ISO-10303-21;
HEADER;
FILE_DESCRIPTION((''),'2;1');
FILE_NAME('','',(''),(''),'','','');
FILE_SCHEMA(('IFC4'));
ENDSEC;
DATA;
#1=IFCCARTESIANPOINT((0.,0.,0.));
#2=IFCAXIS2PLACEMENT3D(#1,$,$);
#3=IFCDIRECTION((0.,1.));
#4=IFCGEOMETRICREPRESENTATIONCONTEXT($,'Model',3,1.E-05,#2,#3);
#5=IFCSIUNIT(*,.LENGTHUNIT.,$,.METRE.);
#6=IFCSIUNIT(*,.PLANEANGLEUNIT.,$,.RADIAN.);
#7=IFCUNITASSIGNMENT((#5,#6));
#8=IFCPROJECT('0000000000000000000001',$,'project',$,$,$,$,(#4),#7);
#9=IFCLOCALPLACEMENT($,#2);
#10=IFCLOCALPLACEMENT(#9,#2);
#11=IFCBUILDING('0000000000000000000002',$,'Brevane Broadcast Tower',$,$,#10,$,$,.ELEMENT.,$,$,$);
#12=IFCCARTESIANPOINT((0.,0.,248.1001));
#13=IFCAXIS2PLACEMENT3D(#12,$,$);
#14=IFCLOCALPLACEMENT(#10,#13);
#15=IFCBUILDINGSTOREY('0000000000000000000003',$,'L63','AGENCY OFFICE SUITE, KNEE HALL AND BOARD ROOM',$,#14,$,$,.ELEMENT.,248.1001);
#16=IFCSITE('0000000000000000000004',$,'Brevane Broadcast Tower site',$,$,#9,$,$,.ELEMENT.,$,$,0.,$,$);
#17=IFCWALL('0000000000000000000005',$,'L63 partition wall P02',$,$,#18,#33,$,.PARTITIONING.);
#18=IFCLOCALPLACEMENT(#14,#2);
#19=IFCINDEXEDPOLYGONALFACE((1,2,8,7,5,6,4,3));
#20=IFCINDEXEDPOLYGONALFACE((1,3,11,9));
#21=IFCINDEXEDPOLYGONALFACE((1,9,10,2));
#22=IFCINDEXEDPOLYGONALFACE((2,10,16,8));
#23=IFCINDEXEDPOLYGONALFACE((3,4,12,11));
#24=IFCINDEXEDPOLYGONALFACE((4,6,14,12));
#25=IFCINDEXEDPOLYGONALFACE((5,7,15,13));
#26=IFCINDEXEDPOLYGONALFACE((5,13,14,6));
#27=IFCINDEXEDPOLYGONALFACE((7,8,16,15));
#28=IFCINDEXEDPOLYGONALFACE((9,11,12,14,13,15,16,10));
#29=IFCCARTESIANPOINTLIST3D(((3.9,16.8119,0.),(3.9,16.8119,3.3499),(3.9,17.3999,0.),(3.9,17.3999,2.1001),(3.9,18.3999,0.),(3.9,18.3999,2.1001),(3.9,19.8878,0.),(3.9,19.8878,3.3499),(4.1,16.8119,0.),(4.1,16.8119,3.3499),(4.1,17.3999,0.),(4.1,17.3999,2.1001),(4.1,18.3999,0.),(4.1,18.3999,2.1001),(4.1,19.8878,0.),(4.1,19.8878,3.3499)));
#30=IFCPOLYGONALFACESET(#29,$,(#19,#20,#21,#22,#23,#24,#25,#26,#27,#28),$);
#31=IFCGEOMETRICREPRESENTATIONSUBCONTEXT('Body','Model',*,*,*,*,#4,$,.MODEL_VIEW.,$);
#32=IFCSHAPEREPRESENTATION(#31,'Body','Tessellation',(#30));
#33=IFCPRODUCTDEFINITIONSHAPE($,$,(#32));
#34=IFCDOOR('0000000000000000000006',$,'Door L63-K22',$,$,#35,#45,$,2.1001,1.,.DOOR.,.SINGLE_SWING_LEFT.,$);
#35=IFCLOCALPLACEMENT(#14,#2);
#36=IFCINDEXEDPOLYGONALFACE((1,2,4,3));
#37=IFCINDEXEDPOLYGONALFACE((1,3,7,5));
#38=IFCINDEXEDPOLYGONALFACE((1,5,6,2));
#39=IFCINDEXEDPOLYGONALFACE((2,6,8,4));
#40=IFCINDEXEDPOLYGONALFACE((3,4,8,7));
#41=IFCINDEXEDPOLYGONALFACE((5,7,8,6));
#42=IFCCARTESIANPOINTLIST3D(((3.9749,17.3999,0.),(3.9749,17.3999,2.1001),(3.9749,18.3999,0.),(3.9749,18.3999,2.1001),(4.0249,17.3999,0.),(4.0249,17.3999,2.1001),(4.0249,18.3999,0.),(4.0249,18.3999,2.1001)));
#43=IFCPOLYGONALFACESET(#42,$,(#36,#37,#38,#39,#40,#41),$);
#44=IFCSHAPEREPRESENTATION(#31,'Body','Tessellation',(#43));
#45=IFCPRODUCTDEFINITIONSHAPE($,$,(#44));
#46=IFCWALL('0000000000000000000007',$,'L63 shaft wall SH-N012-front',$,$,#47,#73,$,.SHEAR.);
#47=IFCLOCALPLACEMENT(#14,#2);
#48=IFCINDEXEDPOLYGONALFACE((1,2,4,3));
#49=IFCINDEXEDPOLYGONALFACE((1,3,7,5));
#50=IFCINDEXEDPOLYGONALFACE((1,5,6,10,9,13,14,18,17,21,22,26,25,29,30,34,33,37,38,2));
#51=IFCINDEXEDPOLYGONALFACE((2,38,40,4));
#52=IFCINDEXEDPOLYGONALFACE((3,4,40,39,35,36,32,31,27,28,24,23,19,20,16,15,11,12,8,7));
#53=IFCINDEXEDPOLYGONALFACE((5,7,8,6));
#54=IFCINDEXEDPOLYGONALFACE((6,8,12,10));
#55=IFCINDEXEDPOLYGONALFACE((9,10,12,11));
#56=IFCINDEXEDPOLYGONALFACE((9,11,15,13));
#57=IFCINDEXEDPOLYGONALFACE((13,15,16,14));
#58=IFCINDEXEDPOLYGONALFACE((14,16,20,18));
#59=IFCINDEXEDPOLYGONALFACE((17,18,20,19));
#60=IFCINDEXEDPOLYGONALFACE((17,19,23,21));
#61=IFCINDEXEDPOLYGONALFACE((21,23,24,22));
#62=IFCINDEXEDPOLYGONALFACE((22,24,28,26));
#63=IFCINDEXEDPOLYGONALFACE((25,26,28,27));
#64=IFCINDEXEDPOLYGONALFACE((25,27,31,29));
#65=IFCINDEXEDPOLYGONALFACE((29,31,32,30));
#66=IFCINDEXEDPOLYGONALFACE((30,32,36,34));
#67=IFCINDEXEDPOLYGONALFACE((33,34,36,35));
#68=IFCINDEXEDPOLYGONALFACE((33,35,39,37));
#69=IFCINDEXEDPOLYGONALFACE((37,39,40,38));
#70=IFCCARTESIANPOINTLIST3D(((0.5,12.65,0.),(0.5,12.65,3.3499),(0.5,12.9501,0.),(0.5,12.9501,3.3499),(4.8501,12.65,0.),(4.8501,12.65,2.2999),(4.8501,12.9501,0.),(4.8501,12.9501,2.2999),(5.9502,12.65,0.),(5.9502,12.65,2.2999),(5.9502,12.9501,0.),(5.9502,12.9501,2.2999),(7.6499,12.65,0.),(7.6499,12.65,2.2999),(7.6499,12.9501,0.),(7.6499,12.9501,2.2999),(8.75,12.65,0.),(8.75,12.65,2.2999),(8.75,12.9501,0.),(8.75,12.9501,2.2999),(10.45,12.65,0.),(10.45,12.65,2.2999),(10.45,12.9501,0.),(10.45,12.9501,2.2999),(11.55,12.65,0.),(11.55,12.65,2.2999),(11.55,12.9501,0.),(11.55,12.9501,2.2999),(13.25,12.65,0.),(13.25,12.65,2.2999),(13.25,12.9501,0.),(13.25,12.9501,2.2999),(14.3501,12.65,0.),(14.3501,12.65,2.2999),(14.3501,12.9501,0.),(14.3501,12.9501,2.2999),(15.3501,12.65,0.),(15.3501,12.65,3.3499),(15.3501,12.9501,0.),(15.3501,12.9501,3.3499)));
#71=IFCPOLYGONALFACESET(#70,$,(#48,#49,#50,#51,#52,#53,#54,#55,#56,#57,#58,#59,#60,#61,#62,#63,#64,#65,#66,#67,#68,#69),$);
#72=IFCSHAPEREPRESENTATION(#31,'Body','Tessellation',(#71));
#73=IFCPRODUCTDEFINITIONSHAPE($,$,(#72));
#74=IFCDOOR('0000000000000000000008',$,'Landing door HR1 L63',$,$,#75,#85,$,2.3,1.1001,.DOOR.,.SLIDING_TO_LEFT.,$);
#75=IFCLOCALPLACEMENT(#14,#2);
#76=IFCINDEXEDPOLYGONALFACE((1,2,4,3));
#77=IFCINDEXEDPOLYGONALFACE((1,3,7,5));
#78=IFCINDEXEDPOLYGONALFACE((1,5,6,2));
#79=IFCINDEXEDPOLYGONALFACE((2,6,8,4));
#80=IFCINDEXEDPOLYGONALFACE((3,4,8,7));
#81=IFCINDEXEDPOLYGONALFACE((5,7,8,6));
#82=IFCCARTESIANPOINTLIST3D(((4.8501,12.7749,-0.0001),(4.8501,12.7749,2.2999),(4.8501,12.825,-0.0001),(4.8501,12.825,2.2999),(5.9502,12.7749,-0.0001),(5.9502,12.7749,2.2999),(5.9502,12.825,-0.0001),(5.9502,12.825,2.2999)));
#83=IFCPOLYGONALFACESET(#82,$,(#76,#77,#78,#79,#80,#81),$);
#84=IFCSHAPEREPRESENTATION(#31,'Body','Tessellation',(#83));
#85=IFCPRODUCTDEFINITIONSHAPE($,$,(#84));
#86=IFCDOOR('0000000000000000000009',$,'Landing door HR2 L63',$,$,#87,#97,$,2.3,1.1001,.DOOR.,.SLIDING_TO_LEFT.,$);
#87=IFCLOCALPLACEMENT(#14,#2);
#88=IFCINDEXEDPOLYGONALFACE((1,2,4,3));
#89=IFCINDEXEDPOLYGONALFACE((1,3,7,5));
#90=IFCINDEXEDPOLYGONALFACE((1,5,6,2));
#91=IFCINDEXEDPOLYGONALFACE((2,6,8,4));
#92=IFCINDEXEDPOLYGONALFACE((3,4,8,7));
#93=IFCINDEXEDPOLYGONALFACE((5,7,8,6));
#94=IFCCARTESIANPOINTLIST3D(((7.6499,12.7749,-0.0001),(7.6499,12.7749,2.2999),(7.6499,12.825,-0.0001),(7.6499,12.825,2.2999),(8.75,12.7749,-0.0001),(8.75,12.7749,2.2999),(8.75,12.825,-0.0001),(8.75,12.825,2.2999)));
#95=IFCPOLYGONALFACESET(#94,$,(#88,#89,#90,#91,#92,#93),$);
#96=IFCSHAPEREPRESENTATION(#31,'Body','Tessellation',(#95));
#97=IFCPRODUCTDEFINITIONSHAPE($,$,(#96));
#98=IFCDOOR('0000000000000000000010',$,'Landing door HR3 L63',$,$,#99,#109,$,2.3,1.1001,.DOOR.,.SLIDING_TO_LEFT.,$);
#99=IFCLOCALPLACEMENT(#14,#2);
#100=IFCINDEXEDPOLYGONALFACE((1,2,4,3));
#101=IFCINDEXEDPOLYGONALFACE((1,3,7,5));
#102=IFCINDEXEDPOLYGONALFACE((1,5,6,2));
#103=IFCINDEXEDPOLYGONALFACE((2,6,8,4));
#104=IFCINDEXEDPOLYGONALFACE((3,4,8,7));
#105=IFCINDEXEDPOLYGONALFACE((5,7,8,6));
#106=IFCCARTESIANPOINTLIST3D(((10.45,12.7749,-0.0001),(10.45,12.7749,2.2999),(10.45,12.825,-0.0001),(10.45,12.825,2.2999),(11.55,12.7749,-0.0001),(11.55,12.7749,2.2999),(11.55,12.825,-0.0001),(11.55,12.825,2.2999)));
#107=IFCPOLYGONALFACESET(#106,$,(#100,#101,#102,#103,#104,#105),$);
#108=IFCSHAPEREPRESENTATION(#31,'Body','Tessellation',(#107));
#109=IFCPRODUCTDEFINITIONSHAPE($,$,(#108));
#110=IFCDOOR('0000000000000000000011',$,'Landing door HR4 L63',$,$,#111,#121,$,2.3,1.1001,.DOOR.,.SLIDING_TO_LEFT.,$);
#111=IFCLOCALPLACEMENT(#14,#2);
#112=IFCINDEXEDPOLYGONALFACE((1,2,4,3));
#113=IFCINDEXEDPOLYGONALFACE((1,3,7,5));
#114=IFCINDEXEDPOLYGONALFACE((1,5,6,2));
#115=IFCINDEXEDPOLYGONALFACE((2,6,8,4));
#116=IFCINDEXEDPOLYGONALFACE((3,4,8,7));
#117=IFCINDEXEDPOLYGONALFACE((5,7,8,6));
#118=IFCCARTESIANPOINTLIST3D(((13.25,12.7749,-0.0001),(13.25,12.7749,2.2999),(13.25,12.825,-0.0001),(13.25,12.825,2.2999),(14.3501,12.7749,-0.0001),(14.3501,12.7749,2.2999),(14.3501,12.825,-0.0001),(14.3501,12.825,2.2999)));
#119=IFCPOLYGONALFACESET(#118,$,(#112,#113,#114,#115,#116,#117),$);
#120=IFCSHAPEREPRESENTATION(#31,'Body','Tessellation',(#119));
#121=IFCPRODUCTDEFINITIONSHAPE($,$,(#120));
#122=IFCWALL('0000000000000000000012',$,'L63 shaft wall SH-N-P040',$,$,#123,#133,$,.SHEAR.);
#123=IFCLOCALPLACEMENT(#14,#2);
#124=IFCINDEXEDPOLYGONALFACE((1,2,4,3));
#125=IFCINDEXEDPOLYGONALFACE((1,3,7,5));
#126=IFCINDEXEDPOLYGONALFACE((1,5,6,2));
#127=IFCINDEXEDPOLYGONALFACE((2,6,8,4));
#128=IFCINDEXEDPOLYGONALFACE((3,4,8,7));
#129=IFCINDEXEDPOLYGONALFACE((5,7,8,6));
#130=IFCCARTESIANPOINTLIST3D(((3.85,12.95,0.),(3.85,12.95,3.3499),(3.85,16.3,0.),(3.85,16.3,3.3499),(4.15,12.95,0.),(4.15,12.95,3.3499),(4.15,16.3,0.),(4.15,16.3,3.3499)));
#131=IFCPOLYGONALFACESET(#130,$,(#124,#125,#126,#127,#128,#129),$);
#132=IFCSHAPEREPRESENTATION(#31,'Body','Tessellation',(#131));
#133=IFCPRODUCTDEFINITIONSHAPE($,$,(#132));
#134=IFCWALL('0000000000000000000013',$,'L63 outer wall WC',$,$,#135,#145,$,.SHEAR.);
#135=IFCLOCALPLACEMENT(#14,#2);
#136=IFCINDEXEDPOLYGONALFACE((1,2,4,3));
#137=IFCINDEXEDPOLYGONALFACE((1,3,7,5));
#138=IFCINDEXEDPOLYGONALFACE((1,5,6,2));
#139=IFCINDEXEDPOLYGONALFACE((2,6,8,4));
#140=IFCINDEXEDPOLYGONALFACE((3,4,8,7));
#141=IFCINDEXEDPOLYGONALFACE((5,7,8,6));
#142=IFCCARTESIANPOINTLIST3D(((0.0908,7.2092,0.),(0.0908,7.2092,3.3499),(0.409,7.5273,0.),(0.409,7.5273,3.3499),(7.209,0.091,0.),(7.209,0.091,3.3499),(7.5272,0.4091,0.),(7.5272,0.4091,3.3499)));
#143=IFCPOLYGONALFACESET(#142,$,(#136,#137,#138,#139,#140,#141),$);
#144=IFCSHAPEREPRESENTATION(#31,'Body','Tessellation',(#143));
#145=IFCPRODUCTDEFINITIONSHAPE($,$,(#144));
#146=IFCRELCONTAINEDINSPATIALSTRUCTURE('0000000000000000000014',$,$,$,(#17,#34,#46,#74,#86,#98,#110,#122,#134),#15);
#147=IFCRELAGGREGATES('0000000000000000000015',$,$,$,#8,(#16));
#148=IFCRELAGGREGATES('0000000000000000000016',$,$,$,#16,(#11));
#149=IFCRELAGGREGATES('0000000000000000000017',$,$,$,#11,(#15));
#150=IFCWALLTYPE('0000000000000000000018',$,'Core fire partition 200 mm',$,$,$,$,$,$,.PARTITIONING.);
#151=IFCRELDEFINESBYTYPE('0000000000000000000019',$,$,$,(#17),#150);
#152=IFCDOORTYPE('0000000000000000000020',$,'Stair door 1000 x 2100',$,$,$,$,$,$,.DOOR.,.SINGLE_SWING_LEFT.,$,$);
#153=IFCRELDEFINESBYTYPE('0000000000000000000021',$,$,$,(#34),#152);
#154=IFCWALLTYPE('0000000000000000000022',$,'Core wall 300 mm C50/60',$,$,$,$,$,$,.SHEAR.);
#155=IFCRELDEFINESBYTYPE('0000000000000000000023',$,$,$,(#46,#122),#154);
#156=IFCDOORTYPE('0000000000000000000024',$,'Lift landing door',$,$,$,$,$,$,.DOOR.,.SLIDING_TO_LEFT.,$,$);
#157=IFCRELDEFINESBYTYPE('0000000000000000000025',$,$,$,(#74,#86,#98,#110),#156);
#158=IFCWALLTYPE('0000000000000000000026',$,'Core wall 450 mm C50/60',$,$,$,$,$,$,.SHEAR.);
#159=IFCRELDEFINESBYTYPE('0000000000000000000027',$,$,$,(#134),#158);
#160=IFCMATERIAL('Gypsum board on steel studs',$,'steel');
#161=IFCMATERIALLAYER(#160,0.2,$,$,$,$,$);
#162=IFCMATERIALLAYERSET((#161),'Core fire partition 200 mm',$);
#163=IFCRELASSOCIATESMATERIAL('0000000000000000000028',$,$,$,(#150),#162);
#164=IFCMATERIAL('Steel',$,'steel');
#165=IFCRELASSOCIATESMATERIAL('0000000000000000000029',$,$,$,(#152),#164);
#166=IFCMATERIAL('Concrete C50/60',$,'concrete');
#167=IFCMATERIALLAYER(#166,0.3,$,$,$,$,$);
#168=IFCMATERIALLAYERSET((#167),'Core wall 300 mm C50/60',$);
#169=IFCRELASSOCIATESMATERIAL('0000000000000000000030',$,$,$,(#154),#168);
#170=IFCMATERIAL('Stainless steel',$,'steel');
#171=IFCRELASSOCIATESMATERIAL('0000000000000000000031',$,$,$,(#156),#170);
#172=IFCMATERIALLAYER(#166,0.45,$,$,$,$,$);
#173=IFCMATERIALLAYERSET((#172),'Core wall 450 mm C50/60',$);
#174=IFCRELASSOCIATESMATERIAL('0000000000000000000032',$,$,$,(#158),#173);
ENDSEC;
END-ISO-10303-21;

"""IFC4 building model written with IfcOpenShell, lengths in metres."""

from ifc_helpers import new_model, si_unit, direction, frame, frame_2d, origin, place, context, subcontext, project, spatial, rectangle, extrude, material, layer, layer_set, type_object, element, fill, save


model = new_model("IFC4")

# Units and contexts
model_context = context("Model", 3, precision=1e-05, world=origin(), true_north=direction((0.0, 1.0)))
body_context = subcontext(model_context, "Body", "Model", "MODEL_VIEW")
ifc_project = project(units=[si_unit("LENGTHUNIT", "METRE"), si_unit("PLANEANGLEUNIT", "RADIAN")], contexts=[model_context])

# Site, building, storey
site_placement = place(None, origin())
site = spatial("IfcSite", under=ifc_project, at=site_placement, Name="Brevane Broadcast Tower site", CompositionType="ELEMENT", RefElevation=0.0)
building_placement = place(site_placement, origin())
building = spatial("IfcBuilding", under=site, at=building_placement, Name="Brevane Broadcast Tower", CompositionType="ELEMENT")
storey_placement = place(building_placement, frame((0.0, 0.0, 248.1001)))
storey = spatial("IfcBuildingStorey", under=building, at=storey_placement, Name="L63", Description="AGENCY OFFICE SUITE, KNEE HALL AND BOARD ROOM", CompositionType="ELEMENT", Elevation=248.1001)

# Shared definitions
ifc_material_1 = material(Name="Gypsum board on steel studs", Category="steel")
ifc_layer_1 = layer(ifc_material_1, 0.2)
ifc_layer_set_1 = layer_set([ifc_layer_1], Name="Core fire partition 200 mm")
wall_type_1 = type_object("IfcWallType", Name="Core fire partition 200 mm", PredefinedType="PARTITIONING", material=ifc_layer_set_1)

# Wall, opening, door
wall_1_placement = place(storey_placement, frame((4.0, 19.8879, 0.0), z_axis=(0.0, 0.0, 1.0), x_axis=(0.0, -1.0, 0.0)))
wall_1 = element("IfcWall", 1, at=wall_1_placement, inside=storey, type_object=wall_type_1, Name="L63 partition wall P02", PredefinedType="PARTITIONING", context=body_context, shape_type="SweptSolid", body=[
    extrude(rectangle(XDim=3.0759, YDim=0.2, at=frame_2d((1.5381, 0.0))), origin(), (0.0, 0.0, 1.0), 3.3499),
])
opening_1_placement = place(wall_1_placement, frame((1.488, 0.0, 0.0)))
opening_1 = element("IfcOpeningElement", 2, at=opening_1_placement, cuts=wall_1, PredefinedType="OPENING", context=body_context, shape_type="SweptSolid", body=[
    extrude(rectangle(XDim=1.0, YDim=2.1001, at=frame_2d((0.5, 1.05))), frame((0.0, 0.1099, 0.0), z_axis=(0.0, -1.0, 0.0), x_axis=(1.0, 0.0, 0.0)), (0.0, 0.0, 1.0), 0.22),
])
ifc_material_2 = material(Name="Steel", Category="steel")
door_type_1 = type_object("IfcDoorType", Name="Stair door 1000 x 2100", OperationType="SINGLE_SWING_LEFT", PredefinedType="DOOR", material=ifc_material_2)
door_1_placement = place(opening_1_placement, origin())
door_1 = element("IfcDoor", 3, at=door_1_placement, inside=storey, type_object=door_type_1, Name="Door L63-K22", OperationType="SINGLE_SWING_LEFT", OverallHeight=2.1001, OverallWidth=1.0, PredefinedType="DOOR", context=body_context, shape_type="SweptSolid", body=[
    extrude(rectangle(XDim=1.0, YDim=2.1001, at=frame_2d((0.5, 1.05))), frame((0.0, 0.0249, 0.0), z_axis=(0.0, -1.0, 0.0), x_axis=(1.0, 0.0, 0.0)), (0.0, 0.0, 1.0), 0.05),
])
fill(opening_1, door_1)

# Wall, openings, doors
ifc_material_3 = material(Name="Concrete C50/60", Category="concrete")
ifc_layer_2 = layer(ifc_material_3, 0.3)
ifc_layer_set_2 = layer_set([ifc_layer_2], Name="Core wall 300 mm C50/60")
wall_type_2 = type_object("IfcWallType", Name="Core wall 300 mm C50/60", PredefinedType="SHEAR", material=ifc_layer_set_2)
wall_2_placement = place(storey_placement, frame((0.5, 12.8, 0.0), z_axis=(0.0, 0.0, 1.0), x_axis=(1.0, 0.0, 0.0)))
wall_2 = element("IfcWall", 4, at=wall_2_placement, inside=storey, type_object=wall_type_2, Name="L63 shaft wall SH-N012-front", PredefinedType="SHEAR", context=body_context, shape_type="SweptSolid", body=[
    extrude(rectangle(XDim=14.8501, YDim=0.3, at=frame_2d((7.425, 0.0))), origin(), (0.0, 0.0, 1.0), 3.3499),
])
opening_2_placement = place(wall_2_placement, frame((4.3501, 0.0, 0.0)))
opening_2 = element("IfcOpeningElement", 5, at=opening_2_placement, cuts=wall_2, PredefinedType="OPENING", context=body_context, shape_type="SweptSolid", body=[
    extrude(rectangle(XDim=1.1001, YDim=2.3, at=frame_2d((0.55, 1.1499))), frame((0.0, 0.1599, 0.0), z_axis=(0.0, -1.0, 0.0), x_axis=(1.0, 0.0, 0.0)), (0.0, 0.0, 1.0), 0.3201),
])
opening_3_placement = place(wall_2_placement, frame((7.1499, 0.0, 0.0)))
opening_3 = element("IfcOpeningElement", 6, at=opening_3_placement, cuts=wall_2, PredefinedType="OPENING", context=body_context, shape_type="SweptSolid", body=[
    extrude(rectangle(XDim=1.1001, YDim=2.3, at=frame_2d((0.55, 1.1499))), frame((0.0, 0.1599, 0.0), z_axis=(0.0, -1.0, 0.0), x_axis=(1.0, 0.0, 0.0)), (0.0, 0.0, 1.0), 0.3201),
])
opening_4_placement = place(wall_2_placement, frame((9.95, 0.0, 0.0)))
opening_4 = element("IfcOpeningElement", 7, at=opening_4_placement, cuts=wall_2, PredefinedType="OPENING", context=body_context, shape_type="SweptSolid", body=[
    extrude(rectangle(XDim=1.1001, YDim=2.3, at=frame_2d((0.55, 1.1499))), frame((0.0, 0.1599, 0.0), z_axis=(0.0, -1.0, 0.0), x_axis=(1.0, 0.0, 0.0)), (0.0, 0.0, 1.0), 0.3201),
])
opening_5_placement = place(wall_2_placement, frame((12.75, 0.0, 0.0)))
opening_5 = element("IfcOpeningElement", 8, at=opening_5_placement, cuts=wall_2, PredefinedType="OPENING", context=body_context, shape_type="SweptSolid", body=[
    extrude(rectangle(XDim=1.1001, YDim=2.3, at=frame_2d((0.55, 1.1499))), frame((0.0, 0.1599, 0.0), z_axis=(0.0, -1.0, 0.0), x_axis=(1.0, 0.0, 0.0)), (0.0, 0.0, 1.0), 0.3201),
])
ifc_material_4 = material(Name="Stainless steel", Category="steel")
door_type_2 = type_object("IfcDoorType", Name="Lift landing door", OperationType="SLIDING_TO_LEFT", PredefinedType="DOOR", material=ifc_material_4)
door_2_placement = place(opening_2_placement, origin())
door_2 = element("IfcDoor", 9, at=door_2_placement, inside=storey, type_object=door_type_2, Name="Landing door HR1 L63", OperationType="SLIDING_TO_LEFT", OverallHeight=2.3, OverallWidth=1.1001, PredefinedType="DOOR", context=body_context, shape_type="SweptSolid", body=[
    extrude(rectangle(XDim=1.1001, YDim=2.3, at=frame_2d((0.55, 1.1499))), frame((0.0, 0.0249, 0.0), z_axis=(0.0, -1.0, 0.0), x_axis=(1.0, 0.0, 0.0)), (0.0, 0.0, 1.0), 0.05),
])
fill(opening_2, door_2)
door_3_placement = place(opening_3_placement, origin())
door_3 = element("IfcDoor", 10, at=door_3_placement, inside=storey, type_object=door_type_2, Name="Landing door HR2 L63", OperationType="SLIDING_TO_LEFT", OverallHeight=2.3, OverallWidth=1.1001, PredefinedType="DOOR", context=body_context, shape_type="SweptSolid", body=[
    extrude(rectangle(XDim=1.1001, YDim=2.3, at=frame_2d((0.55, 1.1499))), frame((0.0, 0.0249, 0.0), z_axis=(0.0, -1.0, 0.0), x_axis=(1.0, 0.0, 0.0)), (0.0, 0.0, 1.0), 0.05),
])
fill(opening_3, door_3)
door_4_placement = place(opening_4_placement, origin())
door_4 = element("IfcDoor", 11, at=door_4_placement, inside=storey, type_object=door_type_2, Name="Landing door HR3 L63", OperationType="SLIDING_TO_LEFT", OverallHeight=2.3, OverallWidth=1.1001, PredefinedType="DOOR", context=body_context, shape_type="SweptSolid", body=[
    extrude(rectangle(XDim=1.1001, YDim=2.3, at=frame_2d((0.55, 1.1499))), frame((0.0, 0.0249, 0.0), z_axis=(0.0, -1.0, 0.0), x_axis=(1.0, 0.0, 0.0)), (0.0, 0.0, 1.0), 0.05),
])
fill(opening_4, door_4)
door_5_placement = place(opening_5_placement, origin())
door_5 = element("IfcDoor", 12, at=door_5_placement, inside=storey, type_object=door_type_2, Name="Landing door HR4 L63", OperationType="SLIDING_TO_LEFT", OverallHeight=2.3, OverallWidth=1.1001, PredefinedType="DOOR", context=body_context, shape_type="SweptSolid", body=[
    extrude(rectangle(XDim=1.1001, YDim=2.3, at=frame_2d((0.55, 1.1499))), frame((0.0, 0.0249, 0.0), z_axis=(0.0, -1.0, 0.0), x_axis=(1.0, 0.0, 0.0)), (0.0, 0.0, 1.0), 0.05),
])
fill(opening_5, door_5)

# Walls
wall_3_placement = place(storey_placement, frame((4.0, 12.95, 0.0), z_axis=(0.0, 0.0, 1.0), x_axis=(0.0, 1.0, 0.0)))
element("IfcWall", 13, at=wall_3_placement, inside=storey, type_object=wall_type_2, Name="L63 shaft wall SH-N-P040", PredefinedType="SHEAR", context=body_context, shape_type="SweptSolid", body=[
    extrude(rectangle(XDim=3.3501, YDim=0.3, at=frame_2d((1.675, 0.0))), origin(), (0.0, 0.0, 1.0), 3.3499),
])
ifc_layer_3 = layer(ifc_material_3, 0.45)
ifc_layer_set_3 = layer_set([ifc_layer_3], Name="Core wall 450 mm C50/60")
wall_type_3 = type_object("IfcWallType", Name="Core wall 450 mm C50/60", PredefinedType="SHEAR", material=ifc_layer_set_3)
wall_4_placement = place(storey_placement, frame((0.25, 7.3682, 0.0), z_axis=(0.0, 0.0, 1.0), x_axis=(0.707107, -0.707107, 0.0)))
element("IfcWall", 14, at=wall_4_placement, inside=storey, type_object=wall_type_3, Name="L63 outer wall WC", PredefinedType="SHEAR", context=body_context, shape_type="SweptSolid", body=[
    extrude(rectangle(XDim=10.0667, YDim=0.45, at=frame_2d((5.0332, 0.0))), origin(), (0.0, 0.0, 1.0), 3.3499),
])

save(model, "model.ifc")
